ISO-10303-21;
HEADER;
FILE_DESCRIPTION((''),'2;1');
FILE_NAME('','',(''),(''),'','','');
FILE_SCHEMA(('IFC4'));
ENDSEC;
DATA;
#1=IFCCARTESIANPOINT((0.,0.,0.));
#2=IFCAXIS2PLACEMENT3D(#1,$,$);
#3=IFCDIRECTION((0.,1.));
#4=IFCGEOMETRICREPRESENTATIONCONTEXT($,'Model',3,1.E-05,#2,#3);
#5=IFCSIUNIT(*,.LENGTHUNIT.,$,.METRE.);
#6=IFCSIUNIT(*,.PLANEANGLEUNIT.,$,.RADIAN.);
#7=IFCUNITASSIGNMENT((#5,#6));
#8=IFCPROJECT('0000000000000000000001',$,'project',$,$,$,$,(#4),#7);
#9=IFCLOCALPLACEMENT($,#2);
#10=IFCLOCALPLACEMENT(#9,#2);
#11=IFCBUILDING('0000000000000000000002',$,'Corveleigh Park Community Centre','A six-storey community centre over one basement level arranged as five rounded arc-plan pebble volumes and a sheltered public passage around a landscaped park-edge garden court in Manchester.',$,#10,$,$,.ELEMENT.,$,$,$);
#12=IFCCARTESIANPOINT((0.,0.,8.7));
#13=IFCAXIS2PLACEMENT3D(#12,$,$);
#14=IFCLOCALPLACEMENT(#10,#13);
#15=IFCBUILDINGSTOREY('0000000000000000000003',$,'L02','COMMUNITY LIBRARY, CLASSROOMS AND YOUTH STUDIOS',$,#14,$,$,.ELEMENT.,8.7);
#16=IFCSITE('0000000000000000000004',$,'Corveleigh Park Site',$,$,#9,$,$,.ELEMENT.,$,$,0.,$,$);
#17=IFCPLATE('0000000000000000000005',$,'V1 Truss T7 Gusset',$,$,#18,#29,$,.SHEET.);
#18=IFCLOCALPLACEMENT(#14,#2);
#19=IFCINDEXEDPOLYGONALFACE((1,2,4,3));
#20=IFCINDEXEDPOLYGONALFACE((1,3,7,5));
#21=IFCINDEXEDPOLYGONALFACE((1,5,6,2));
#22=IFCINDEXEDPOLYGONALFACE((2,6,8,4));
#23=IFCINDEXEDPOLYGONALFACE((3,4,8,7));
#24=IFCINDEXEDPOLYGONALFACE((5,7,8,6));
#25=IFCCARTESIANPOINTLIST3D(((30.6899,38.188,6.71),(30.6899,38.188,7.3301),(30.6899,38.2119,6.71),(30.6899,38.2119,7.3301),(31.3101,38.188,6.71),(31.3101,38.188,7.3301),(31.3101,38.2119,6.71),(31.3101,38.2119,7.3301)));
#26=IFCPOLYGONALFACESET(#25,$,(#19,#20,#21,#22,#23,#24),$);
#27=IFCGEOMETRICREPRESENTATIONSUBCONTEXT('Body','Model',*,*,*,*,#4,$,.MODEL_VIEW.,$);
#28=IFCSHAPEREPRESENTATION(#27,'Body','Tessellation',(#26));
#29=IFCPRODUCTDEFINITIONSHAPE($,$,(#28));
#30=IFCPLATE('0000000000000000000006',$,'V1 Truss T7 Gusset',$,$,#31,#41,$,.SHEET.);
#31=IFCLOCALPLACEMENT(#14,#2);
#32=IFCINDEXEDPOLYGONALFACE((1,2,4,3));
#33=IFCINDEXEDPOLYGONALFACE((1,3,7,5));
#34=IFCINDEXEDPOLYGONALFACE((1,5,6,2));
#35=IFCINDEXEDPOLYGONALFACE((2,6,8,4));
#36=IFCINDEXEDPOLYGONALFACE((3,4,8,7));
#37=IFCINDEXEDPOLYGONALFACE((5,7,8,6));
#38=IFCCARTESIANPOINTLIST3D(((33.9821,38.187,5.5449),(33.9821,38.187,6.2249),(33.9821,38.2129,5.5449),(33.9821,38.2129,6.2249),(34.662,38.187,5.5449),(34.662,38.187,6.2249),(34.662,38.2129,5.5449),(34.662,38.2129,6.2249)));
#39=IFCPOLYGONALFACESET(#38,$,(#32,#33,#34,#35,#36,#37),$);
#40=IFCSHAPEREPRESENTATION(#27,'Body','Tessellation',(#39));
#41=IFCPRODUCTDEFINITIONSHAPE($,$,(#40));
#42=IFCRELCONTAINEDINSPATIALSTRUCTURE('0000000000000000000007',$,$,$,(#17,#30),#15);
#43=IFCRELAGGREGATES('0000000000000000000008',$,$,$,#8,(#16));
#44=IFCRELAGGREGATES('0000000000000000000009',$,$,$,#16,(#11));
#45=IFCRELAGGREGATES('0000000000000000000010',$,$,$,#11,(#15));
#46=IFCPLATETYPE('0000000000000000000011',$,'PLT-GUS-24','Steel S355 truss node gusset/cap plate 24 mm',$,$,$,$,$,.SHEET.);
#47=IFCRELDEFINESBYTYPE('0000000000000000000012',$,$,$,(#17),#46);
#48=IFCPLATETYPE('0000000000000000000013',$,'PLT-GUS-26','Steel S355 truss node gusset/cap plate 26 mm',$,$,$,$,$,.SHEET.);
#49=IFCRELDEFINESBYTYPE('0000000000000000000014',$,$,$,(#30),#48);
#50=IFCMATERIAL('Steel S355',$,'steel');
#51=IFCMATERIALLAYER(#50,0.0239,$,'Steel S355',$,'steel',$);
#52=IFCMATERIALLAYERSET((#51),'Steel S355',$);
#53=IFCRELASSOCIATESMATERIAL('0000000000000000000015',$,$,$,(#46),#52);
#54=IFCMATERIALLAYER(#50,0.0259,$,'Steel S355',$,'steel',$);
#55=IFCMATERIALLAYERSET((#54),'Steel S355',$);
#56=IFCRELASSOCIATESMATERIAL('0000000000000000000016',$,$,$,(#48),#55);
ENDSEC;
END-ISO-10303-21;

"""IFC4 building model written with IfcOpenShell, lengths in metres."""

from ifc_helpers import new_model, si_unit, direction, frame, origin, origin_2d, place, context, subcontext, project, spatial, rectangle, extrude, material, layer, layer_set, type_object, element, save


model = new_model("IFC4")

# Units and contexts
model_context = context("Model", 3, precision=1e-05, world=origin(), true_north=direction((0.0, 1.0)))
body_context = subcontext(model_context, "Body", "Model", "MODEL_VIEW")
ifc_project = project(units=[si_unit("LENGTHUNIT", "METRE"), si_unit("PLANEANGLEUNIT", "RADIAN")], contexts=[model_context])

# Site, building, storey
site_placement = place(None, origin())
site = spatial("IfcSite", under=ifc_project, at=site_placement, Name="Corveleigh Park Site", CompositionType="ELEMENT", RefElevation=0.0)
building_placement = place(site_placement, origin())
building = spatial("IfcBuilding", under=site, at=building_placement, Name="Corveleigh Park Community Centre", Description="A six-storey community centre over one basement level arranged as five rounded arc-plan pebble volumes and a sheltered public passage around a landscaped park-edge garden court in Manchester.", CompositionType="ELEMENT")
storey_placement = place(building_placement, frame((0.0, 0.0, 8.7)))
storey = spatial("IfcBuildingStorey", under=building, at=storey_placement, Name="L02", Description="COMMUNITY LIBRARY, CLASSROOMS AND YOUTH STUDIOS", CompositionType="ELEMENT", Elevation=8.7)

# Shared definitions
ifc_material_1 = material(Name="Steel S355", Category="steel")

# Plates
ifc_layer_1 = layer(ifc_material_1, 0.0239, Name="Steel S355", Category="steel")
ifc_layer_set_1 = layer_set([ifc_layer_1], Name="Steel S355")
plate_type_1 = type_object("IfcPlateType", Name="PLT-GUS-24", Description="Steel S355 truss node gusset/cap plate 24 mm", PredefinedType="SHEET", material=ifc_layer_set_1)
plate_1_placement = place(storey_placement, frame((31.0, 38.2, 6.71), z_axis=(0.0, 0.0, 1.0), x_axis=(1.0, 0.0, 0.0)))
element("IfcPlate", 1, at=plate_1_placement, inside=storey, type_object=plate_type_1, Name="V1 Truss T7 Gusset", PredefinedType="SHEET", context=body_context, shape_type="SweptSolid", body=[
    extrude(rectangle(XDim=0.6201, YDim=0.0239, at=origin_2d()), origin(), (0.0, 0.0, 1.0), 0.6201),
])
ifc_layer_2 = layer(ifc_material_1, 0.0259, Name="Steel S355", Category="steel")
ifc_layer_set_2 = layer_set([ifc_layer_2], Name="Steel S355")
plate_type_2 = type_object("IfcPlateType", Name="PLT-GUS-26", Description="Steel S355 truss node gusset/cap plate 26 mm", PredefinedType="SHEET", material=ifc_layer_set_2)
plate_2_placement = place(storey_placement, frame((34.322, 38.2, 5.5449), z_axis=(0.0, 0.0, 1.0), x_axis=(1.0, 0.0, 0.0)))
element("IfcPlate", 2, at=plate_2_placement, inside=storey, type_object=plate_type_2, Name="V1 Truss T7 Gusset", PredefinedType="SHEET", context=body_context, shape_type="SweptSolid", body=[
    extrude(rectangle(XDim=0.6799, YDim=0.0259, at=origin_2d()), origin(), (0.0, 0.0, 1.0), 0.6799),
])

save(model, "model.ifc")
